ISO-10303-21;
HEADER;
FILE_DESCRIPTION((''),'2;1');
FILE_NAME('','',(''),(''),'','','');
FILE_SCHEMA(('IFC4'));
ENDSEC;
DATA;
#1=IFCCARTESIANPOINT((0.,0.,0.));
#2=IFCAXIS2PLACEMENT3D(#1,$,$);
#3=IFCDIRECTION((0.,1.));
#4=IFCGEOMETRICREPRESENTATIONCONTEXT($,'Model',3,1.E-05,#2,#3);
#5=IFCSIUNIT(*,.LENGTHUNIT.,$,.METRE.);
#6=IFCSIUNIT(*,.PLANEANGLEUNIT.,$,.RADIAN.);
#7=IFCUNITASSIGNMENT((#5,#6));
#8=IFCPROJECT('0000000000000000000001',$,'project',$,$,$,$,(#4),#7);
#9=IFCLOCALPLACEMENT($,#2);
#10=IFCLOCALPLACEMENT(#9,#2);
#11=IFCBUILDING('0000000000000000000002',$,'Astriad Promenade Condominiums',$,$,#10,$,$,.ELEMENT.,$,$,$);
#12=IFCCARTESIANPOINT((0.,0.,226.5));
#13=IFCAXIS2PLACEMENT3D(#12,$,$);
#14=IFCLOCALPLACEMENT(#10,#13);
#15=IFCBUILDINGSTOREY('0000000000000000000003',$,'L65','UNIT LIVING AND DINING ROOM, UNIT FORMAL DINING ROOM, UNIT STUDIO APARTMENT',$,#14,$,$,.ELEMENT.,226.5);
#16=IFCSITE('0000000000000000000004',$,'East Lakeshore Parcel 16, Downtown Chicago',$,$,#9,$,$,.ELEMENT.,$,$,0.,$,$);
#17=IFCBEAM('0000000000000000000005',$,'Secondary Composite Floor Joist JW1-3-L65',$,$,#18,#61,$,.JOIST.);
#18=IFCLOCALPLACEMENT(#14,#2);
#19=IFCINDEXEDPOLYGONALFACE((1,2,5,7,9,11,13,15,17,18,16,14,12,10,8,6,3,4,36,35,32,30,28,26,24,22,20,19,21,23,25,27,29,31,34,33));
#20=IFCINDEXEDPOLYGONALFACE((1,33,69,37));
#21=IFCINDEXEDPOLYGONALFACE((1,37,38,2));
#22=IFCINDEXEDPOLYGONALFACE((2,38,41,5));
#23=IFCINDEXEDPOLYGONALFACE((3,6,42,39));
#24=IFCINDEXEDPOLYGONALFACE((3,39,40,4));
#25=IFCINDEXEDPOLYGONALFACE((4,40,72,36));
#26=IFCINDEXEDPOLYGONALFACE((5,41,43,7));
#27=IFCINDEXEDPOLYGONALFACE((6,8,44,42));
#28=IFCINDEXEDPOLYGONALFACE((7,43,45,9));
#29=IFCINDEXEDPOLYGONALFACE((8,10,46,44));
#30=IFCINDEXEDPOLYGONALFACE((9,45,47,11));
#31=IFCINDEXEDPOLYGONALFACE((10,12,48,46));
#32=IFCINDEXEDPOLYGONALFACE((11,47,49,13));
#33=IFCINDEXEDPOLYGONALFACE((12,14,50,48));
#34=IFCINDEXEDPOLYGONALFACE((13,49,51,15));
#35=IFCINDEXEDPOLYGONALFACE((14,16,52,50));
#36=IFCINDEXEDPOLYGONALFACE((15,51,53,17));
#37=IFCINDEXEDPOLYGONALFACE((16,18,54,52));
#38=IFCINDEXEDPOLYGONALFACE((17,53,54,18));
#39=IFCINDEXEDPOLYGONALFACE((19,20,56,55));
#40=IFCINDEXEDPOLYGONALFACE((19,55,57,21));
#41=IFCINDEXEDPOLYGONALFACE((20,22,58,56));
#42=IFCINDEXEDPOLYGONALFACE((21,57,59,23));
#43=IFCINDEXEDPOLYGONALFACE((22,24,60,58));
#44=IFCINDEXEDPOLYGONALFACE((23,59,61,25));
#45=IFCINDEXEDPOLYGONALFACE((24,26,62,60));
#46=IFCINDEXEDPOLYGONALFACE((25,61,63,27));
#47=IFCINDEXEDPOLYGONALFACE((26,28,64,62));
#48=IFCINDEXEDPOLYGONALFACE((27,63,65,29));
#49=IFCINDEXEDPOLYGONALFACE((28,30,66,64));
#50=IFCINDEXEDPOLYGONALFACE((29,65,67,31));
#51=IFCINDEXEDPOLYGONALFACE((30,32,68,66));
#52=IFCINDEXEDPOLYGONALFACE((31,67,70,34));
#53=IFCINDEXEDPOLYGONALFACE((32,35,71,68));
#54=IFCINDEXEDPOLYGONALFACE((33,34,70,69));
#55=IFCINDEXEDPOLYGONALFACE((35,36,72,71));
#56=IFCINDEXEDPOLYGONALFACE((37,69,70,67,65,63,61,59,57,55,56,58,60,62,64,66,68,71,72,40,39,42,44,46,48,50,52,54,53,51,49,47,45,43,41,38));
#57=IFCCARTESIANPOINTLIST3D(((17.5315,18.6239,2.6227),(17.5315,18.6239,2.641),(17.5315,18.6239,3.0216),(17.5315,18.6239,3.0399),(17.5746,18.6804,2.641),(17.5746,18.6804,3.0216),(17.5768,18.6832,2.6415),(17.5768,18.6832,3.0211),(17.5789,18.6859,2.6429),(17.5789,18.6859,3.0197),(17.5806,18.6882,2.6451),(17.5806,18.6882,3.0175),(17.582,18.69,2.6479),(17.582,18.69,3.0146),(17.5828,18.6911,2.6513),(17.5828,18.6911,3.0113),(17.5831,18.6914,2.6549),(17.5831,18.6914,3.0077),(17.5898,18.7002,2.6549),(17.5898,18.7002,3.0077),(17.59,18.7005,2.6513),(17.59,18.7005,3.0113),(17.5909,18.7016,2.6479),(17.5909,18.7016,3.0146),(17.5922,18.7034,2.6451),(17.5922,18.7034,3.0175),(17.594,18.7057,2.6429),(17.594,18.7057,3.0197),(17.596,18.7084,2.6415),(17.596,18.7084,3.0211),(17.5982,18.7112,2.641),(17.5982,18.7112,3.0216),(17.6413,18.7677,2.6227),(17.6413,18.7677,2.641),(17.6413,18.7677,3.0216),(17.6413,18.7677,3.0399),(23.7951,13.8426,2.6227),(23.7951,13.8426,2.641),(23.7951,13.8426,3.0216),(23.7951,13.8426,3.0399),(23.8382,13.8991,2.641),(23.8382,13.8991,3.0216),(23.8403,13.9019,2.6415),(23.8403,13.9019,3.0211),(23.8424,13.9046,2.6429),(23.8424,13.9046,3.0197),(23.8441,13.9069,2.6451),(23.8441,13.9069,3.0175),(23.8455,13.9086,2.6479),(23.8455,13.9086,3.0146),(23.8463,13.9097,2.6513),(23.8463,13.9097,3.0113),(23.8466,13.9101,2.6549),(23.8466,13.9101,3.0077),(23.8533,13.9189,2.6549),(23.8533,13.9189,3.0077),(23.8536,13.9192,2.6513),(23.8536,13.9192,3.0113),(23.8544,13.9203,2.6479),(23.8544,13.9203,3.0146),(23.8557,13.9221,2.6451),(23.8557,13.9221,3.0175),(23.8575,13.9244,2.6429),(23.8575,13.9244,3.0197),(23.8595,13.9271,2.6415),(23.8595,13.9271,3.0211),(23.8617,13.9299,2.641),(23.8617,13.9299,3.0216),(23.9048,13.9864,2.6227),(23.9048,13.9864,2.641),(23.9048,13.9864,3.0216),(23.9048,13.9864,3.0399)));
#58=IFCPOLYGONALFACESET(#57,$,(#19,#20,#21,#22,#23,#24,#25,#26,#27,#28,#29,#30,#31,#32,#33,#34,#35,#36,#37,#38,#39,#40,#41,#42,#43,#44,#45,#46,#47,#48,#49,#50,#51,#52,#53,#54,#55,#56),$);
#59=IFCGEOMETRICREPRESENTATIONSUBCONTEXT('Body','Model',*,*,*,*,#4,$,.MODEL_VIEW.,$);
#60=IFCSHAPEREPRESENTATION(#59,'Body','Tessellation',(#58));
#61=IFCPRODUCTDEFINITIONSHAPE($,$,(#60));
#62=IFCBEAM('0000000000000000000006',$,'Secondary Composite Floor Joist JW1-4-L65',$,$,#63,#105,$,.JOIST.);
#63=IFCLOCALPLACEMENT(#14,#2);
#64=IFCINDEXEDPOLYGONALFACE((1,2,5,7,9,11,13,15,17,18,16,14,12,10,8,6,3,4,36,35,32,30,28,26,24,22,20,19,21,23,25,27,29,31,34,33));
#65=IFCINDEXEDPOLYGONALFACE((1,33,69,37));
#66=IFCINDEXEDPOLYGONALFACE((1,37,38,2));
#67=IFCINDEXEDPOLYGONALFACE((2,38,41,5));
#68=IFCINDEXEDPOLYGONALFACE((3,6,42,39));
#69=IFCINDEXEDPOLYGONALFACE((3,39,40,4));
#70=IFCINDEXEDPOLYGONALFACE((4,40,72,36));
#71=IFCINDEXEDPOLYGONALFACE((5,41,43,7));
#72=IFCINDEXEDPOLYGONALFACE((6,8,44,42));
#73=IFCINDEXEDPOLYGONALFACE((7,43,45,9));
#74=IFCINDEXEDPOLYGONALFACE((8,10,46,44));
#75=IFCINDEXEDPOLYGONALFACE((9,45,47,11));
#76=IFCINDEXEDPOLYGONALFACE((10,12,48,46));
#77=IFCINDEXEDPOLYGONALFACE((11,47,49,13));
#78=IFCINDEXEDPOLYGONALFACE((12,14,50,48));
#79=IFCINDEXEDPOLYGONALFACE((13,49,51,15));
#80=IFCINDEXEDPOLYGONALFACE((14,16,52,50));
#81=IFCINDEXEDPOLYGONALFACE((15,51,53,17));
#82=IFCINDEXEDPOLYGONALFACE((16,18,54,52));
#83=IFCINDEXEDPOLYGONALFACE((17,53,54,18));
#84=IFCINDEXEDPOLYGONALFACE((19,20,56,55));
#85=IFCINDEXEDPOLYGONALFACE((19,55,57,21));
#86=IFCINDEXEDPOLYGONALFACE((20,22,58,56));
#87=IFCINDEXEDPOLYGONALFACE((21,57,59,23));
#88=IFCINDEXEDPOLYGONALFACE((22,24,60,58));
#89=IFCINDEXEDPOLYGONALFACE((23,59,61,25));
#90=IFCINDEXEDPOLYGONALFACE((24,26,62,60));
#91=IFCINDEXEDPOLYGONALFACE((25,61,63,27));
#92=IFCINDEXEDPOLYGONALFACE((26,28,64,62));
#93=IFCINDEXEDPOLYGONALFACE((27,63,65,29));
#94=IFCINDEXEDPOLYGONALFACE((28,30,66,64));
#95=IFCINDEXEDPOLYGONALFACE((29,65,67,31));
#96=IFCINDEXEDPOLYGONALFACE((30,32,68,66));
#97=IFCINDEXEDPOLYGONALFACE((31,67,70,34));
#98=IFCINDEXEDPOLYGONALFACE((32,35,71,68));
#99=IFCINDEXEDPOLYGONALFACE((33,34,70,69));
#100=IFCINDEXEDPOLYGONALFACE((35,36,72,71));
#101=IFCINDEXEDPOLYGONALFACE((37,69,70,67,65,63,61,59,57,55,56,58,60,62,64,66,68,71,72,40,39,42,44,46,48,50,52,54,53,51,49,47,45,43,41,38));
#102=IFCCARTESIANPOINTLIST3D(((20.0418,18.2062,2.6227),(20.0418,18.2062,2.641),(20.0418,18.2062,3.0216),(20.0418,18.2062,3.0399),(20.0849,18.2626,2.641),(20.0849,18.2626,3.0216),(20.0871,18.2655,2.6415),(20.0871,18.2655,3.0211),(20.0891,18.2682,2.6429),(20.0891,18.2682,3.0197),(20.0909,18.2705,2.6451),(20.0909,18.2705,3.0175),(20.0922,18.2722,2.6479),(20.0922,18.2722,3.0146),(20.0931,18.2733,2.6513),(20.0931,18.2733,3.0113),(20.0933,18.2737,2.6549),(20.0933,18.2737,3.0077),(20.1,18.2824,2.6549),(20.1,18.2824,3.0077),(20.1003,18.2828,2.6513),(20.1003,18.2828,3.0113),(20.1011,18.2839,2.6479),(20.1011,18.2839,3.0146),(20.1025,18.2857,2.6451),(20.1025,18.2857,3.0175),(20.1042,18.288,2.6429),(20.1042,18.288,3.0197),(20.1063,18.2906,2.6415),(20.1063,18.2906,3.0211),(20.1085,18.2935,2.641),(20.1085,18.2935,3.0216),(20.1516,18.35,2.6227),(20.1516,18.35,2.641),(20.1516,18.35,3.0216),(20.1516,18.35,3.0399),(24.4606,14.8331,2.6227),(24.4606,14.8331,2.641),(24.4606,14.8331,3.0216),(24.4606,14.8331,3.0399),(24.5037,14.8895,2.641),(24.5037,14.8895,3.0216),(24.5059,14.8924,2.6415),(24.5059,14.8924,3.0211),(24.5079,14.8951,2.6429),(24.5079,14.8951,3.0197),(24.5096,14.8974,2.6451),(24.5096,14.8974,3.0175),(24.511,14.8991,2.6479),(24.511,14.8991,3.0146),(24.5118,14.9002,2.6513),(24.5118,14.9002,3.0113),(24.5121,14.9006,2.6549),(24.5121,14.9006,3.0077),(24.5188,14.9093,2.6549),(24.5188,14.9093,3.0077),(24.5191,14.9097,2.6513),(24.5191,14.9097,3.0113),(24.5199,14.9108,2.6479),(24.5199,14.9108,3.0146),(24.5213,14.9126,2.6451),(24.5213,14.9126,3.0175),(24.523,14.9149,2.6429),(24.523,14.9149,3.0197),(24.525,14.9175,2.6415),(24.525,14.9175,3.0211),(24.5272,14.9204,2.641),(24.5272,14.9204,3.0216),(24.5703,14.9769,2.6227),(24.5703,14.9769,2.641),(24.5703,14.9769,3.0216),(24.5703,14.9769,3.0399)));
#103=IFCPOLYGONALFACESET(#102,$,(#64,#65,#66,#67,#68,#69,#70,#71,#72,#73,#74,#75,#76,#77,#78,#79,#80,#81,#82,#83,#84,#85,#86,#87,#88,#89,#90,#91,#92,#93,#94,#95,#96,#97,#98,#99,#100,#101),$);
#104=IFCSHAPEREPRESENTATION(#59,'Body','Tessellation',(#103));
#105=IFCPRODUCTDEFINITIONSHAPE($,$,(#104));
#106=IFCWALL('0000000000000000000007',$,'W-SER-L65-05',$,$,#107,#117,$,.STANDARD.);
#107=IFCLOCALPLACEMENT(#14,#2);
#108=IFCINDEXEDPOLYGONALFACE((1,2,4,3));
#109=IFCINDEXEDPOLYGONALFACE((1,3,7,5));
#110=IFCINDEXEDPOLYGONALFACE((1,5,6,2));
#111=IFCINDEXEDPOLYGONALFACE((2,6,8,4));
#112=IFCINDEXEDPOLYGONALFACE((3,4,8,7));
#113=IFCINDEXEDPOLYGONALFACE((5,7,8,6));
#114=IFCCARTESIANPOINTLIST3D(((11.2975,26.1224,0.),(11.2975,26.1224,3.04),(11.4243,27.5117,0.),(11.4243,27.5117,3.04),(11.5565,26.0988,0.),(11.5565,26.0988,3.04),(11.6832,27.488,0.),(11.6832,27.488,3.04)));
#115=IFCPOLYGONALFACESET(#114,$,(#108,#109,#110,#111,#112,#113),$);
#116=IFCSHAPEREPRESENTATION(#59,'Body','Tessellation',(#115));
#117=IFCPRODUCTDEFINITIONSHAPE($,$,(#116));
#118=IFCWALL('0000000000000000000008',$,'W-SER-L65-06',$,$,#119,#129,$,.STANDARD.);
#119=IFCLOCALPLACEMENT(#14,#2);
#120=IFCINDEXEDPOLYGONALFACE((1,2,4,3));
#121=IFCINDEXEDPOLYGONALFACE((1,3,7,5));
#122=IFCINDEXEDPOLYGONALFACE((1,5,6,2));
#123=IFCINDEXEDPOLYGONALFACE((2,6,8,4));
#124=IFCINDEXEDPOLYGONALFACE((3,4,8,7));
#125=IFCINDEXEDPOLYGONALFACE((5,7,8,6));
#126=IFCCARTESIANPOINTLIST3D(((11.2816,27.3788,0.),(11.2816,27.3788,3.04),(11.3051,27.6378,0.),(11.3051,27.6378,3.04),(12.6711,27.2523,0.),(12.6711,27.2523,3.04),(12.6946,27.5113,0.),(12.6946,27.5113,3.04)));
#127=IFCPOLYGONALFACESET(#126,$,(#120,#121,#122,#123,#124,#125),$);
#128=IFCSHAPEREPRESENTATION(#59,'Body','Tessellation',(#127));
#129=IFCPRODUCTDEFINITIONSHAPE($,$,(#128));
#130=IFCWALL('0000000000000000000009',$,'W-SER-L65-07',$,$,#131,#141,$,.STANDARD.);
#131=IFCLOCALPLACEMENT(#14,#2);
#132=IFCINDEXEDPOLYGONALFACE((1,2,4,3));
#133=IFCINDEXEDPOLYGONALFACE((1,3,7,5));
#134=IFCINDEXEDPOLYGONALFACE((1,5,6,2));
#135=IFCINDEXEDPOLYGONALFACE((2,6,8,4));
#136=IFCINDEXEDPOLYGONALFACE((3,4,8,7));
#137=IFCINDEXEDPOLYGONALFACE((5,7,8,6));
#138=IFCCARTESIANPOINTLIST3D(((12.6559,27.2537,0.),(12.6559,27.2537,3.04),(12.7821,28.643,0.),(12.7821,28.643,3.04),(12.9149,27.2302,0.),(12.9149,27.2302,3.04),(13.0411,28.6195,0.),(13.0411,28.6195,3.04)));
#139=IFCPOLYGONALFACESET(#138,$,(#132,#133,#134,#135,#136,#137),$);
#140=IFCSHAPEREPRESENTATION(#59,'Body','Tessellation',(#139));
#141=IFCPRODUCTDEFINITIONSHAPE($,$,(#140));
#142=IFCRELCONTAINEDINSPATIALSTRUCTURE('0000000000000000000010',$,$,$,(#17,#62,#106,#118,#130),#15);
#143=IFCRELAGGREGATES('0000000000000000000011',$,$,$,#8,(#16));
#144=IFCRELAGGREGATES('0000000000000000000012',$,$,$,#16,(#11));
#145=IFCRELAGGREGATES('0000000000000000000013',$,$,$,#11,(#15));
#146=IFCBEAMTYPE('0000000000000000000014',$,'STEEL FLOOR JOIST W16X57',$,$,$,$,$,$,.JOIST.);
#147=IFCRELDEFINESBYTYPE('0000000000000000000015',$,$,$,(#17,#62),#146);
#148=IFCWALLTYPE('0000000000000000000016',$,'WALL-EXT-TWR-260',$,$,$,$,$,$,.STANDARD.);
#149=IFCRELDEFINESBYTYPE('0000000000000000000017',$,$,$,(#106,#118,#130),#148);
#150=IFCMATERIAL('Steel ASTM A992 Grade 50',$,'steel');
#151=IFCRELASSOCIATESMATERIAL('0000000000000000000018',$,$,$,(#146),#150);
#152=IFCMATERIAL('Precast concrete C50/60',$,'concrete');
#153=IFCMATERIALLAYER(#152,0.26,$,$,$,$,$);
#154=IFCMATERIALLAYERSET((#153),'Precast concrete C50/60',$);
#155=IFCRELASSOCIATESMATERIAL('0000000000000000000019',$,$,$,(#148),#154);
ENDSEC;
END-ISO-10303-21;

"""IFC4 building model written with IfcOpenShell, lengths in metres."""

from ifc_helpers import new_model, si_unit, direction, frame, frame_2d, origin, origin_2d, place, context, subcontext, project, spatial, rectangle, i_section, extrude, source, transform, mapped, material, layer, layer_set, material_profile, profile_set, type_object, element, save


model = new_model("IFC4")

# Units and contexts
model_context = context("Model", 3, precision=1e-05, world=origin(), true_north=direction((0.0, 1.0)))
body_context = subcontext(model_context, "Body", "Model", "MODEL_VIEW")
ifc_project = project(units=[si_unit("LENGTHUNIT", "METRE"), si_unit("PLANEANGLEUNIT", "RADIAN")], contexts=[model_context])

# Site, building, storey
site_placement = place(None, origin())
site = spatial("IfcSite", under=ifc_project, at=site_placement, Name="East Lakeshore Parcel 16, Downtown Chicago", CompositionType="ELEMENT", RefElevation=0.0)
building_placement = place(site_placement, origin())
building = spatial("IfcBuilding", under=site, at=building_placement, Name="Astriad Promenade Condominiums", CompositionType="ELEMENT")
storey_placement = place(building_placement, frame((0.0, 0.0, 226.5)))
storey = spatial("IfcBuildingStorey", under=building, at=storey_placement, Name="L65", Description="UNIT LIVING AND DINING ROOM, UNIT FORMAL DINING ROOM, UNIT STUDIO APARTMENT", CompositionType="ELEMENT", Elevation=226.5)

# Beams
ifc_material_1 = material(Name="Steel ASTM A992 Grade 50", Category="steel")
ifc_material_profile_1 = material_profile(ifc_material_1, i_section(OverallWidth=0.1809, OverallDepth=0.4172, WebThickness=0.011, FlangeThickness=0.0183, FilletRadius=0.0139, at=origin_2d()), Name="W16X57")
ifc_profile_set_1 = profile_set([ifc_material_profile_1], Name="Steel ASTM A992 Grade 50")
beam_type_1 = type_object("IfcBeamType", Name="STEEL FLOOR JOIST W16X57", PredefinedType="JOIST", material=ifc_profile_set_1)
shared_shape_1 = source(origin(), body_context, "Body", "SweptSolid", [
    extrude(i_section(OverallWidth=0.1809, OverallDepth=0.4172, WebThickness=0.011, FlangeThickness=0.0183, FilletRadius=0.0139, at=origin_2d()), origin(), (0.0, 0.0, 1.0), 7.8799),
])
beam_1_placement = place(storey_placement, frame((17.5864, 18.6958, 2.8313), z_axis=(0.794874, -0.606775, 0.0), x_axis=(0.606775, 0.794874, 0.0)))
element("IfcBeam", 1, at=beam_1_placement, inside=storey, type_object=beam_type_1, Name="Secondary Composite Floor Joist JW1-3-L65", PredefinedType="JOIST", context=body_context, shape_type="MappedRepresentation", body=[
    mapped(shared_shape_1, transform((0.0, 0.0, 0.0), scale=1.0)),
])
shared_shape_2 = source(origin(), body_context, "Body", "SweptSolid", [
    extrude(i_section(OverallWidth=0.1809, OverallDepth=0.4172, WebThickness=0.011, FlangeThickness=0.0183, FilletRadius=0.0139, at=origin_2d()), origin(), (0.0, 0.0, 1.0), 5.5591),
])
beam_2_placement = place(storey_placement, frame((20.0967, 18.2781, 2.8313), z_axis=(0.794875, -0.606773, 0.0), x_axis=(0.606773, 0.794875, 0.0)))
element("IfcBeam", 2, at=beam_2_placement, inside=storey, type_object=beam_type_1, Name="Secondary Composite Floor Joist JW1-4-L65", PredefinedType="JOIST", context=body_context, shape_type="MappedRepresentation", body=[
    mapped(shared_shape_2, transform((0.0, 0.0, 0.0), scale=1.0)),
])

# Walls
ifc_material_2 = material(Name="Precast concrete C50/60", Category="concrete")
ifc_layer_1 = layer(ifc_material_2, 0.26)
ifc_layer_set_1 = layer_set([ifc_layer_1], Name="Precast concrete C50/60")
wall_type_1 = type_object("IfcWallType", Name="WALL-EXT-TWR-260", PredefinedType="STANDARD", material=ifc_layer_set_1)
wall_1_placement = place(storey_placement, frame((11.427, 26.1106, 0.0), z_axis=(0.0, 0.0, 1.0), x_axis=(0.090836, 0.995866, 0.0)))
element("IfcWall", 3, at=wall_1_placement, inside=storey, type_object=wall_type_1, Name="W-SER-L65-05", PredefinedType="STANDARD", context=body_context, shape_type="SweptSolid", body=[
    extrude(rectangle(XDim=1.395, YDim=0.26, at=frame_2d((0.6975, 0.0))), origin(), (0.0, 0.0, 1.0), 3.04),
])
wall_2_placement = place(storey_placement, frame((11.2932, 27.5083, 0.0), z_axis=(0.0, 0.0, 1.0), x_axis=(0.995883, -0.090646, 0.0)))
element("IfcWall", 4, at=wall_2_placement, inside=storey, type_object=wall_type_1, Name="W-SER-L65-06", PredefinedType="STANDARD", context=body_context, shape_type="SweptSolid", body=[
    extrude(rectangle(XDim=1.3953, YDim=0.26, at=frame_2d((0.6978, 0.0))), origin(), (0.0, 0.0, 1.0), 3.04),
])
wall_3_placement = place(storey_placement, frame((12.7854, 27.2419, 0.0), z_axis=(0.0, 0.0, 1.0), x_axis=(0.090473, 0.995899, 0.0)))
element("IfcWall", 5, at=wall_3_placement, inside=storey, type_object=wall_type_1, Name="W-SER-L65-07", PredefinedType="STANDARD", context=body_context, shape_type="SweptSolid", body=[
    extrude(rectangle(XDim=1.395, YDim=0.26, at=frame_2d((0.6975, 0.0))), origin(), (0.0, 0.0, 1.0), 3.04),
])

save(model, "model.ifc")
